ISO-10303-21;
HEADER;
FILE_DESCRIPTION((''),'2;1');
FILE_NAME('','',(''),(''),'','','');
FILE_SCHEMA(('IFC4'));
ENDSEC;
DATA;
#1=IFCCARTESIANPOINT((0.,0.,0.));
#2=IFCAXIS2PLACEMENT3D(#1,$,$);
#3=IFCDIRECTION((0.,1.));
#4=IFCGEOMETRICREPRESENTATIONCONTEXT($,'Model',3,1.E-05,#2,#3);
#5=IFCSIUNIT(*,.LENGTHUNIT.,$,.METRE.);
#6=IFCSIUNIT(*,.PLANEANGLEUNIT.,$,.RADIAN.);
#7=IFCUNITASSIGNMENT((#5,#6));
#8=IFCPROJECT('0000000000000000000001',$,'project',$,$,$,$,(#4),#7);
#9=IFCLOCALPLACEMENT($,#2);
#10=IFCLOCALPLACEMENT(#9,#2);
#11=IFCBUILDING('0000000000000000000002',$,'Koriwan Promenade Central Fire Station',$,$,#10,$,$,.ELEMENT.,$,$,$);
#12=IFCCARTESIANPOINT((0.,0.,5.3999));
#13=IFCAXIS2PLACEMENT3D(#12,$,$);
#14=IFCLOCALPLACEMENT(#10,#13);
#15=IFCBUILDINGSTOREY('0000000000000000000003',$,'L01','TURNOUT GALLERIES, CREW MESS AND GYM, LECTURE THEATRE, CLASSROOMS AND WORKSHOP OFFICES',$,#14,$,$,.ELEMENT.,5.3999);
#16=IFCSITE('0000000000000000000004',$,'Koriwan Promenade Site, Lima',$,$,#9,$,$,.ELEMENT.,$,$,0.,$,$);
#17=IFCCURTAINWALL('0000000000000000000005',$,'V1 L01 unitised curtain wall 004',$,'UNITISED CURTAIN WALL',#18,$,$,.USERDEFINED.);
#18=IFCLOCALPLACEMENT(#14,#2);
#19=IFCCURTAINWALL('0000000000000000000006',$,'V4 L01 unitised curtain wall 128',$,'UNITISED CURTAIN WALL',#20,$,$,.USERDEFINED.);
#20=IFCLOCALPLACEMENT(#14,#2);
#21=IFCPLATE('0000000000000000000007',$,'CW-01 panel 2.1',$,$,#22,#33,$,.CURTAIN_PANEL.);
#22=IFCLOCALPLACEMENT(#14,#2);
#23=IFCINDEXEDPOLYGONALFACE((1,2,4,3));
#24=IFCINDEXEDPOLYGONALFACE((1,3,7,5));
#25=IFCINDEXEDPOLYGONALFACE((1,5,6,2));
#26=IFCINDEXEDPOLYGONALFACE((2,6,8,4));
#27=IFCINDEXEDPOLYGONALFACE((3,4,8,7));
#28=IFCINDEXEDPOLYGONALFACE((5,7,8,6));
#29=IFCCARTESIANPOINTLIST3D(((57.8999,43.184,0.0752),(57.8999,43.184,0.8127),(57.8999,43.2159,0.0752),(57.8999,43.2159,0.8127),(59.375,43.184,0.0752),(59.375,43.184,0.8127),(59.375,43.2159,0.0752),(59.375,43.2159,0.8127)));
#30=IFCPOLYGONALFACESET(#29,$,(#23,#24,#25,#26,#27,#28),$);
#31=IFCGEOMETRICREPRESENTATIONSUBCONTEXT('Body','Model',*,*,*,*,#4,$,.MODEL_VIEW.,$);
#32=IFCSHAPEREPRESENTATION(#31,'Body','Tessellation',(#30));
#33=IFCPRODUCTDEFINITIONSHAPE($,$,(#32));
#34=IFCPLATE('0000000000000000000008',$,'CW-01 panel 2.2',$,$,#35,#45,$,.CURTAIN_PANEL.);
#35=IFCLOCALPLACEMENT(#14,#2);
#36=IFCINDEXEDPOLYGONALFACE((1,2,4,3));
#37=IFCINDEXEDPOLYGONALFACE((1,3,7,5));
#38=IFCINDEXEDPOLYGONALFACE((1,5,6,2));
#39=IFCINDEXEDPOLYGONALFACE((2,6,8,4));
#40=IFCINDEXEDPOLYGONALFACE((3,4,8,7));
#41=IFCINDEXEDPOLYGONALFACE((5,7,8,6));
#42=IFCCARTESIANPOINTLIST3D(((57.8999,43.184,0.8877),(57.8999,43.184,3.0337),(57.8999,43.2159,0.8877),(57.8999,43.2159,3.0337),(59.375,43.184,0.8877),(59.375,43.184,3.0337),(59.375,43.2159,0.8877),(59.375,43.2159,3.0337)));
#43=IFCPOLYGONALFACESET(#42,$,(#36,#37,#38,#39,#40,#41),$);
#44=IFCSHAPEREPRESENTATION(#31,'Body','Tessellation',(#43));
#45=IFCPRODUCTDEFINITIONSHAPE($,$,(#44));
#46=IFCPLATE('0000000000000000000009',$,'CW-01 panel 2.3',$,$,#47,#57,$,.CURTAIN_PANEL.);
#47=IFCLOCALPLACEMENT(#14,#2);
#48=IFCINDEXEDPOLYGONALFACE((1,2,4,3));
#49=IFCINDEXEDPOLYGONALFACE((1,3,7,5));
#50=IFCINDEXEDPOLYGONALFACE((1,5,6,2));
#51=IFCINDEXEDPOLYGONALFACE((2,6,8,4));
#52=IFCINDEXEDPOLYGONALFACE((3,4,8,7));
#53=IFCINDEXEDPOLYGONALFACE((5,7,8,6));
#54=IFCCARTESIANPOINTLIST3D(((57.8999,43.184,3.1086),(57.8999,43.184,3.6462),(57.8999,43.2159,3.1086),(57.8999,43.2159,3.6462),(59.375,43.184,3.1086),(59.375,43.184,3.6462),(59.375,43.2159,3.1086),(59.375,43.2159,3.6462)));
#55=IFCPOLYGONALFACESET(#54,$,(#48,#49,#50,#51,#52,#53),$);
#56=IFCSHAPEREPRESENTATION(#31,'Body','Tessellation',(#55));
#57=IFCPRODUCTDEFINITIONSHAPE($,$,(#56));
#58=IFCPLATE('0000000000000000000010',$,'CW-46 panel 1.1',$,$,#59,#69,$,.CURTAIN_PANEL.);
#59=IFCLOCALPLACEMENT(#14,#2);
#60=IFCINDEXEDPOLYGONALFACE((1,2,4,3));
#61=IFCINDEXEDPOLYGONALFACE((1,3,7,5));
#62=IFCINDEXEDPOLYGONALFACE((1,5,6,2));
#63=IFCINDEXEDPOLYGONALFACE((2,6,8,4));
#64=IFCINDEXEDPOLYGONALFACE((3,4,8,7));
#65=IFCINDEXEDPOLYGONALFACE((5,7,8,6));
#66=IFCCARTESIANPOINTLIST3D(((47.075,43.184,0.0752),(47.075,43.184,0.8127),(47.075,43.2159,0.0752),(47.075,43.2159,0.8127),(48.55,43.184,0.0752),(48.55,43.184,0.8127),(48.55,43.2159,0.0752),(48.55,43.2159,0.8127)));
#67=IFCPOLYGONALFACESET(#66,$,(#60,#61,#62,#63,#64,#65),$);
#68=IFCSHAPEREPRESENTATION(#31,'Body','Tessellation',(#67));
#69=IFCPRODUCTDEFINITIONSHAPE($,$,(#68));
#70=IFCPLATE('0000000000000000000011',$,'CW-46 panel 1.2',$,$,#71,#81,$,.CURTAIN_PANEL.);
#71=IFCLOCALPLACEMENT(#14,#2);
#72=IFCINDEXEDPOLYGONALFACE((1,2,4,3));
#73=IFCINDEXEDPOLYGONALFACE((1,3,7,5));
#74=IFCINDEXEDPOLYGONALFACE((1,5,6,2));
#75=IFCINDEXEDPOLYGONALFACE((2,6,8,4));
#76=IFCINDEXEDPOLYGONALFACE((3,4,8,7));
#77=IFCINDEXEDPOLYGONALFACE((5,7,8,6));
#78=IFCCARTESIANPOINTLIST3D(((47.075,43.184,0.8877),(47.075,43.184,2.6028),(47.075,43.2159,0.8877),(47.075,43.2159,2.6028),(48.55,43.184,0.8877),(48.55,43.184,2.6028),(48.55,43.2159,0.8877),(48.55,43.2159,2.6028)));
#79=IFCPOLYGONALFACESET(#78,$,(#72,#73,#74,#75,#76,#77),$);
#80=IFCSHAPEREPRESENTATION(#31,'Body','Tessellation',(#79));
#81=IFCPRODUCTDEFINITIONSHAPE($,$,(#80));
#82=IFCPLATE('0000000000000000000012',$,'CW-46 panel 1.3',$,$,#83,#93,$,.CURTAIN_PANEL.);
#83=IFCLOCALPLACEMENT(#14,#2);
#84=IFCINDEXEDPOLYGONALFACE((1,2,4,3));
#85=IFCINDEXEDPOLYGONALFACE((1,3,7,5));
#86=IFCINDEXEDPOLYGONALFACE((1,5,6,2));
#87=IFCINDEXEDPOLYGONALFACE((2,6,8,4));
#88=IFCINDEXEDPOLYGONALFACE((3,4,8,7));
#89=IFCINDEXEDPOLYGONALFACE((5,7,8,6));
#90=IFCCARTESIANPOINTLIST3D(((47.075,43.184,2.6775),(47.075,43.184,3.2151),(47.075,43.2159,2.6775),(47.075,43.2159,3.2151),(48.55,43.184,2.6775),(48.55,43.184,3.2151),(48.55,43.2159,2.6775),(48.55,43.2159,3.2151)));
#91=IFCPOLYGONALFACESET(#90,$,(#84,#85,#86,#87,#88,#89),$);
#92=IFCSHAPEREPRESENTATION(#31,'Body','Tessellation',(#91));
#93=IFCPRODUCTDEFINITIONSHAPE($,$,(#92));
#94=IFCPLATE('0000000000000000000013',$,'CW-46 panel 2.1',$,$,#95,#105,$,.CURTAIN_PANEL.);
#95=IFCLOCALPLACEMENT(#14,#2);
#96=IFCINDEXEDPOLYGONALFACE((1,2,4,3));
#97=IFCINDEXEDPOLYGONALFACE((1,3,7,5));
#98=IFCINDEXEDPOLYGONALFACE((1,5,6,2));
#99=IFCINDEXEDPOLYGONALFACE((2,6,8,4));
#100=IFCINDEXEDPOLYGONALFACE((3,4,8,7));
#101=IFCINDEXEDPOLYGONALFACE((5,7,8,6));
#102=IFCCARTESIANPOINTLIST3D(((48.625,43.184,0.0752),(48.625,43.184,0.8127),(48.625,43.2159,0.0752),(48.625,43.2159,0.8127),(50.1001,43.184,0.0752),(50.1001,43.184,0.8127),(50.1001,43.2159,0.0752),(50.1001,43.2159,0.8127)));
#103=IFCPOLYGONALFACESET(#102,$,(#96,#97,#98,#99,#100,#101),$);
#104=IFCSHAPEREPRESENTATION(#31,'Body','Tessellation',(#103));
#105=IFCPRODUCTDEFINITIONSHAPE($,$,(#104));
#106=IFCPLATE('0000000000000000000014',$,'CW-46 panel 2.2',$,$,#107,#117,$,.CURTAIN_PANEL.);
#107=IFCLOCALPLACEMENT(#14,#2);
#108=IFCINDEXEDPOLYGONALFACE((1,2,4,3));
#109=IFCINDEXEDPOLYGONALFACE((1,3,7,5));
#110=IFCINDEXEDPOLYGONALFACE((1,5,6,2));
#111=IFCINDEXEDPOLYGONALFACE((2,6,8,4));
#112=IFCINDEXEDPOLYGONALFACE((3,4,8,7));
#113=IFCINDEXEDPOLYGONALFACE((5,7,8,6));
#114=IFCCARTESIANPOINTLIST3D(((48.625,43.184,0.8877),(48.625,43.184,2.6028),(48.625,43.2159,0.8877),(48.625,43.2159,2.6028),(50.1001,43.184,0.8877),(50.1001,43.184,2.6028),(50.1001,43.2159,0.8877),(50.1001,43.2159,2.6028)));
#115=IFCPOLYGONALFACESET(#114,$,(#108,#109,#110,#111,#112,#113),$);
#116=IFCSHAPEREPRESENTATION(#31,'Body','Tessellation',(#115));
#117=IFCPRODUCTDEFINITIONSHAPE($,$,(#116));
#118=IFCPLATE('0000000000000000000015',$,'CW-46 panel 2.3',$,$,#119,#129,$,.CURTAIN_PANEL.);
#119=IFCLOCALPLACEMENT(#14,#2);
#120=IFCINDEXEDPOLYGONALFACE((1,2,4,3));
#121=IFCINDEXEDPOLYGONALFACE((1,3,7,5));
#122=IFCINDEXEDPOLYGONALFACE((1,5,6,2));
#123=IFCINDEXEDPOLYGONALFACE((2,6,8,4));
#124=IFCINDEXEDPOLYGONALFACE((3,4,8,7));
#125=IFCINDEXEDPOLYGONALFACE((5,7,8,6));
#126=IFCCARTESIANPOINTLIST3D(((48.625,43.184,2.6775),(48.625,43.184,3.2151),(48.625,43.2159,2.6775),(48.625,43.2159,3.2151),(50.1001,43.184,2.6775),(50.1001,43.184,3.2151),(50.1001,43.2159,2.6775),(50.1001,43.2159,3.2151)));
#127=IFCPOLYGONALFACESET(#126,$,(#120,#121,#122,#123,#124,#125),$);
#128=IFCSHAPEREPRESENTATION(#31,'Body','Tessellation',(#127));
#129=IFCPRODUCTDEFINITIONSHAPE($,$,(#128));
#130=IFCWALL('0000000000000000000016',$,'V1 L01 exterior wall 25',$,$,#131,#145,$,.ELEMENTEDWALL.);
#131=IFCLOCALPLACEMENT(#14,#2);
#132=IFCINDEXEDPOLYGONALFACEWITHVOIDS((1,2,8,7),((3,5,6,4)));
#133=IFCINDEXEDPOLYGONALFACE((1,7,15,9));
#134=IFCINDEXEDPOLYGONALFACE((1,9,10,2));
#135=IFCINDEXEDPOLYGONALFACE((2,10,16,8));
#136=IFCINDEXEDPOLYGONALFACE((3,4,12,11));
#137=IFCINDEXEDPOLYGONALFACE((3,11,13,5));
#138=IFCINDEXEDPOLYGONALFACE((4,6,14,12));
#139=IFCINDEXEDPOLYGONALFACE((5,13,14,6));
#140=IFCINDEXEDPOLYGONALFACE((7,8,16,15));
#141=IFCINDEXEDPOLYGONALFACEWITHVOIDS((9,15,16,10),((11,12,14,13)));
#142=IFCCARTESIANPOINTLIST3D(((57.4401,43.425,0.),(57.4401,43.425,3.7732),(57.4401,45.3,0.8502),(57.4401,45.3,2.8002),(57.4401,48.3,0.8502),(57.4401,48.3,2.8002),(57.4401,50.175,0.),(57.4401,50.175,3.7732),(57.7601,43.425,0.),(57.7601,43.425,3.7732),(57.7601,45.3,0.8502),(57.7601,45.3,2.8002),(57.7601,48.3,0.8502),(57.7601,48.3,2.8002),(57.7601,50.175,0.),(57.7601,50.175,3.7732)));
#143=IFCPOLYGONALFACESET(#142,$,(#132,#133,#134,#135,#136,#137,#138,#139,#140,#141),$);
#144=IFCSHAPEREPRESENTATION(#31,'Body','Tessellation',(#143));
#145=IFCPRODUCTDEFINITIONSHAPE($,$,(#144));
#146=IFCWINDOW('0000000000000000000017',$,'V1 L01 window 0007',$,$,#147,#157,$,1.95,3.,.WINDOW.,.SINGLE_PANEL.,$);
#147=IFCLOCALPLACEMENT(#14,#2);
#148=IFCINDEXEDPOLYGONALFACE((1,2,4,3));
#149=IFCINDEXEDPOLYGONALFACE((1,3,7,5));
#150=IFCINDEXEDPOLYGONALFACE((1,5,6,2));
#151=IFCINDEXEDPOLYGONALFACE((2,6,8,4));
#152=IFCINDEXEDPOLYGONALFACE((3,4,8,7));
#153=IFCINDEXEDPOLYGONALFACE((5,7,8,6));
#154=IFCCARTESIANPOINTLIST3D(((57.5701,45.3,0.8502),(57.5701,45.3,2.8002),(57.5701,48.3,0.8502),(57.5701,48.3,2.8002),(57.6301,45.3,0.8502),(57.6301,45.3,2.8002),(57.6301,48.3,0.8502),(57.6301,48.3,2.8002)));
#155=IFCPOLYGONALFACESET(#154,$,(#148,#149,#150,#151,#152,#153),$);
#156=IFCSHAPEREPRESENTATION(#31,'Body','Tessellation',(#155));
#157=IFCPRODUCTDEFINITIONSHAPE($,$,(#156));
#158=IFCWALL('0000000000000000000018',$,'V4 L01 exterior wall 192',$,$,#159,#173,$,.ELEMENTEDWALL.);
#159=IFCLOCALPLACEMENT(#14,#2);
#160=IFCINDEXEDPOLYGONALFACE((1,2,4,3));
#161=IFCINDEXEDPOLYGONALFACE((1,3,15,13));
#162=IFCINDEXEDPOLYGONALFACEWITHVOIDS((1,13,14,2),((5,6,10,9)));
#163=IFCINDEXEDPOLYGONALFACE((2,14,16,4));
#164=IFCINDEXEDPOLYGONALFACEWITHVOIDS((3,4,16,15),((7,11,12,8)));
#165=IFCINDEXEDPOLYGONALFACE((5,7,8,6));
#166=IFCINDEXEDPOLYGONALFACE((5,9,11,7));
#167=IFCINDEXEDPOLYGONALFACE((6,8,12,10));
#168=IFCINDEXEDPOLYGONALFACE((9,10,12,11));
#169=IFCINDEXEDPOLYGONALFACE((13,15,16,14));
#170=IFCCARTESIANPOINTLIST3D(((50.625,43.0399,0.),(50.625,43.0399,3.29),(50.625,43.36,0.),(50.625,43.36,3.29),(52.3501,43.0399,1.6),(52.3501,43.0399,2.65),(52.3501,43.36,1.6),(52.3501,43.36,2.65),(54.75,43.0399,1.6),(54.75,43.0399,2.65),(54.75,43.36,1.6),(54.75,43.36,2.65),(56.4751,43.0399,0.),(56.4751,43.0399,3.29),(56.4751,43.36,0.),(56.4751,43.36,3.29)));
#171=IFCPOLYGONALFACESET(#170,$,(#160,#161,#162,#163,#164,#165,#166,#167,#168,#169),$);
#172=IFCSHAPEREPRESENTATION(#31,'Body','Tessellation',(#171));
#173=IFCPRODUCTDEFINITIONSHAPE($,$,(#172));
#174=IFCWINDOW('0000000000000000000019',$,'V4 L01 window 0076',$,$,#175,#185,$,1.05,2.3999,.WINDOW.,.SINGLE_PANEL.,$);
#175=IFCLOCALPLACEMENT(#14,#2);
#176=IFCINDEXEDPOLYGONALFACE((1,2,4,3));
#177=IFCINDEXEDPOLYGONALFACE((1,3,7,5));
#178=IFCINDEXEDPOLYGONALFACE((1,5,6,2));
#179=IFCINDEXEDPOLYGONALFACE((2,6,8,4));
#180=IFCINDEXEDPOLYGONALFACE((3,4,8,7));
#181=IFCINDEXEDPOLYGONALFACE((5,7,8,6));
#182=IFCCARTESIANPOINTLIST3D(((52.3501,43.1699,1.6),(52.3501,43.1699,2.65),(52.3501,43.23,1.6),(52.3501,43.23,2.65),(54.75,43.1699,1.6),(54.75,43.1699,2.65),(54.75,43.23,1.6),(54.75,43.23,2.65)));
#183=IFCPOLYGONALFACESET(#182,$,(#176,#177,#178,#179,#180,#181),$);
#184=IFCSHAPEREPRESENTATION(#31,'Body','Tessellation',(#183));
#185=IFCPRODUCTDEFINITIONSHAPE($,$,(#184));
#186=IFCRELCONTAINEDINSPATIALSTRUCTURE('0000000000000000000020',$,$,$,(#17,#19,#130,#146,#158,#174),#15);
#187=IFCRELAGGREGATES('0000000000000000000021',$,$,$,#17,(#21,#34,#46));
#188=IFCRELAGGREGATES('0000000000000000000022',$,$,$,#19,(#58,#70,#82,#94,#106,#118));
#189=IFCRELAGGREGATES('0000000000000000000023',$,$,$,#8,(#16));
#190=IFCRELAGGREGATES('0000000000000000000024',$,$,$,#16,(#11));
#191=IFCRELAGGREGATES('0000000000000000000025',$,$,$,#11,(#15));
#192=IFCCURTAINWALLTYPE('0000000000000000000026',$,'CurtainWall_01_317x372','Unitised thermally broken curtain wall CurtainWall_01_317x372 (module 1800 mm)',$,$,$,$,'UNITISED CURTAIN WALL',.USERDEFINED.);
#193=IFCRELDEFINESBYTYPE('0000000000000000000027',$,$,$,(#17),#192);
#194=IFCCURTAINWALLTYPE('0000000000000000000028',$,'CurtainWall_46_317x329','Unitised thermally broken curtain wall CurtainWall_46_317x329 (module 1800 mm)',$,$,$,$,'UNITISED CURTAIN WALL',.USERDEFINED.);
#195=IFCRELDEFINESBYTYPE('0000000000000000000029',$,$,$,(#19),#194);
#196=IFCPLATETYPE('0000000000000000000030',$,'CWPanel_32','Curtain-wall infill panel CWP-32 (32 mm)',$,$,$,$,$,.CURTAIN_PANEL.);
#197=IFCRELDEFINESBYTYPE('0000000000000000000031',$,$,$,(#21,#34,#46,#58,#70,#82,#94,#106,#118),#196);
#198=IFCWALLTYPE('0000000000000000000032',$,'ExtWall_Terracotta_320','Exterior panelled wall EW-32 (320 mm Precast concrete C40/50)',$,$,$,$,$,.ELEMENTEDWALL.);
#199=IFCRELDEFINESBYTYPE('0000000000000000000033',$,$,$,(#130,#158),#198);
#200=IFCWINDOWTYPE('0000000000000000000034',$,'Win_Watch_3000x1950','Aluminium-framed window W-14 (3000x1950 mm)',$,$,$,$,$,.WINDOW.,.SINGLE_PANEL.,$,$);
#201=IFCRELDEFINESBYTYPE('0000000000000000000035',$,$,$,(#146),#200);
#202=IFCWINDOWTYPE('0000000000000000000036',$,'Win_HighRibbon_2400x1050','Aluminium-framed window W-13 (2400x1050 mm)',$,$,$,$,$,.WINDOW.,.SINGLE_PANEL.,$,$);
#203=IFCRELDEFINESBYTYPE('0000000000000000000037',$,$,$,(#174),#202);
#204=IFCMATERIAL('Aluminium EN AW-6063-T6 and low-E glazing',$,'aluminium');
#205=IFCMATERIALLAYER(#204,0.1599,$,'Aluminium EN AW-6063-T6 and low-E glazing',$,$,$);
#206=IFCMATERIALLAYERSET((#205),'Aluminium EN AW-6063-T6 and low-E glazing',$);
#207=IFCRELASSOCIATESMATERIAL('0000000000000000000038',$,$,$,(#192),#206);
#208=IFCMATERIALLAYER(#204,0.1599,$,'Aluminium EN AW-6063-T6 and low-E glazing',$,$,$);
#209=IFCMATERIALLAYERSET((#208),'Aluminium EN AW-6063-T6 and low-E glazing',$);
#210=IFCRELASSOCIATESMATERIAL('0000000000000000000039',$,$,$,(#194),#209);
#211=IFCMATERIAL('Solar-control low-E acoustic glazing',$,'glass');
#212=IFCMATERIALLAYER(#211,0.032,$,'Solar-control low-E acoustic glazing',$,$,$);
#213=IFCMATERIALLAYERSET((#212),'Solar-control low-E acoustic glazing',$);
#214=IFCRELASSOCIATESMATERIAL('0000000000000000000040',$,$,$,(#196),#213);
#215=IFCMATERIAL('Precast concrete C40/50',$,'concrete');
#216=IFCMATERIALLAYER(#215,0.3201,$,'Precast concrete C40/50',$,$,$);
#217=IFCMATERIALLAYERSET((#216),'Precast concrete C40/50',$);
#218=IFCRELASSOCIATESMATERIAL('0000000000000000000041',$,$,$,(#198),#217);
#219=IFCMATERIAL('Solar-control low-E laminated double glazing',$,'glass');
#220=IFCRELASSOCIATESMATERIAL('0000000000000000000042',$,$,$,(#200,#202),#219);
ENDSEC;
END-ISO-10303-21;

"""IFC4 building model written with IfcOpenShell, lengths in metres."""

from ifc_helpers import new_model, si_unit, direction, frame, frame_2d, origin, origin_2d, place, context, subcontext, project, spatial, rectangle, extrude, material, layer, layer_set, type_object, element, fill, aggregate, save


model = new_model("IFC4")

# Units and contexts
model_context = context("Model", 3, precision=1e-05, world=origin(), true_north=direction((0.0, 1.0)))
body_context = subcontext(model_context, "Body", "Model", "MODEL_VIEW")
ifc_project = project(units=[si_unit("LENGTHUNIT", "METRE"), si_unit("PLANEANGLEUNIT", "RADIAN")], contexts=[model_context])

# Site, building, storey
site_placement = place(None, origin())
site = spatial("IfcSite", under=ifc_project, at=site_placement, Name="Koriwan Promenade Site, Lima", CompositionType="ELEMENT", RefElevation=0.0)
building_placement = place(site_placement, origin())
building = spatial("IfcBuilding", under=site, at=building_placement, Name="Koriwan Promenade Central Fire Station", CompositionType="ELEMENT")
storey_placement = place(building_placement, frame((0.0, 0.0, 5.3999)))
storey = spatial("IfcBuildingStorey", under=building, at=storey_placement, Name="L01", Description="TURNOUT GALLERIES, CREW MESS AND GYM, LECTURE THEATRE, CLASSROOMS AND WORKSHOP OFFICES", CompositionType="ELEMENT", Elevation=5.3999)

# Curtain wall
ifc_material_1 = material(Name="Aluminium EN AW-6063-T6 and low-E glazing", Category="aluminium")
ifc_layer_1 = layer(ifc_material_1, 0.1599, Name="Aluminium EN AW-6063-T6 and low-E glazing")
ifc_layer_set_1 = layer_set([ifc_layer_1], Name="Aluminium EN AW-6063-T6 and low-E glazing")
curtain_wall_type_1 = type_object("IfcCurtainWallType", Name="CurtainWall_01_317x372", Description="Unitised thermally broken curtain wall CurtainWall_01_317x372 (module 1800 mm)", ElementType="UNITISED CURTAIN WALL", PredefinedType="USERDEFINED", material=ifc_layer_set_1)
curtain_wall_1_placement = place(storey_placement, origin())
curtain_wall_1 = element("IfcCurtainWall", 1, at=curtain_wall_1_placement, inside=storey, type_object=curtain_wall_type_1, Name="V1 L01 unitised curtain wall 004", ObjectType="UNITISED CURTAIN WALL", PredefinedType="USERDEFINED")

# Curtain wall
ifc_layer_2 = layer(ifc_material_1, 0.1599, Name="Aluminium EN AW-6063-T6 and low-E glazing")
ifc_layer_set_2 = layer_set([ifc_layer_2], Name="Aluminium EN AW-6063-T6 and low-E glazing")
curtain_wall_type_2 = type_object("IfcCurtainWallType", Name="CurtainWall_46_317x329", Description="Unitised thermally broken curtain wall CurtainWall_46_317x329 (module 1800 mm)", ElementType="UNITISED CURTAIN WALL", PredefinedType="USERDEFINED", material=ifc_layer_set_2)
curtain_wall_2_placement = place(storey_placement, origin())
curtain_wall_2 = element("IfcCurtainWall", 2, at=curtain_wall_2_placement, inside=storey, type_object=curtain_wall_type_2, Name="V4 L01 unitised curtain wall 128", ObjectType="UNITISED CURTAIN WALL", PredefinedType="USERDEFINED")

# Plates
ifc_material_2 = material(Name="Solar-control low-E acoustic glazing", Category="glass")
ifc_layer_3 = layer(ifc_material_2, 0.032, Name="Solar-control low-E acoustic glazing")
ifc_layer_set_3 = layer_set([ifc_layer_3], Name="Solar-control low-E acoustic glazing")
plate_type = type_object("IfcPlateType", Name="CWPanel_32", Description="Curtain-wall infill panel CWP-32 (32 mm)", PredefinedType="CURTAIN_PANEL", material=ifc_layer_set_3)
plate_1_placement = place(storey_placement, frame((58.6375, 43.2, 0.0752), z_axis=(0.0, 0.0, 1.0), x_axis=(-1.0, 0.0, 0.0)))
plate_1 = element("IfcPlate", 3, at=plate_1_placement, type_object=plate_type, Name="CW-01 panel 2.1", PredefinedType="CURTAIN_PANEL", context=body_context, shape_type="SweptSolid", body=[
    extrude(rectangle(XDim=1.4751, YDim=0.032, at=origin_2d()), origin(), (0.0, 0.0, 1.0), 0.7375),
])
plate_2_placement = place(storey_placement, frame((58.6375, 43.2, 0.8877), z_axis=(0.0, 0.0, 1.0), x_axis=(-1.0, 0.0, 0.0)))
plate_2 = element("IfcPlate", 4, at=plate_2_placement, type_object=plate_type, Name="CW-01 panel 2.2", PredefinedType="CURTAIN_PANEL", context=body_context, shape_type="SweptSolid", body=[
    extrude(rectangle(XDim=1.4751, YDim=0.032, at=origin_2d()), origin(), (0.0, 0.0, 1.0), 2.146),
])
plate_3_placement = place(storey_placement, frame((58.6375, 43.2, 3.1086), z_axis=(0.0, 0.0, 1.0), x_axis=(-1.0, 0.0, 0.0)))
plate_3 = element("IfcPlate", 5, at=plate_3_placement, type_object=plate_type, Name="CW-01 panel 2.3", PredefinedType="CURTAIN_PANEL", context=body_context, shape_type="SweptSolid", body=[
    extrude(rectangle(XDim=1.4751, YDim=0.032, at=origin_2d()), origin(), (0.0, 0.0, 1.0), 0.5376),
])
aggregate(curtain_wall_1, [plate_1, plate_2, plate_3])
plate_4_placement = place(storey_placement, frame((47.8125, 43.2, 0.0752), z_axis=(0.0, 0.0, 1.0), x_axis=(1.0, 0.0, 0.0)))
plate_4 = element("IfcPlate", 6, at=plate_4_placement, type_object=plate_type, Name="CW-46 panel 1.1", PredefinedType="CURTAIN_PANEL", context=body_context, shape_type="SweptSolid", body=[
    extrude(rectangle(XDim=1.4751, YDim=0.032, at=origin_2d()), origin(), (0.0, 0.0, 1.0), 0.7375),
])
plate_5_placement = place(storey_placement, frame((47.8125, 43.2, 0.8877), z_axis=(0.0, 0.0, 1.0), x_axis=(1.0, 0.0, 0.0)))
plate_5 = element("IfcPlate", 7, at=plate_5_placement, type_object=plate_type, Name="CW-46 panel 1.2", PredefinedType="CURTAIN_PANEL", context=body_context, shape_type="SweptSolid", body=[
    extrude(rectangle(XDim=1.4751, YDim=0.032, at=origin_2d()), origin(), (0.0, 0.0, 1.0), 1.7151),
])
plate_6_placement = place(storey_placement, frame((47.8125, 43.2, 2.6775), z_axis=(0.0, 0.0, 1.0), x_axis=(1.0, 0.0, 0.0)))
plate_6 = element("IfcPlate", 8, at=plate_6_placement, type_object=plate_type, Name="CW-46 panel 1.3", PredefinedType="CURTAIN_PANEL", context=body_context, shape_type="SweptSolid", body=[
    extrude(rectangle(XDim=1.4751, YDim=0.032, at=origin_2d()), origin(), (0.0, 0.0, 1.0), 0.5376),
])
plate_7_placement = place(storey_placement, frame((49.3625, 43.2, 0.0752), z_axis=(0.0, 0.0, 1.0), x_axis=(1.0, 0.0, 0.0)))
plate_7 = element("IfcPlate", 9, at=plate_7_placement, type_object=plate_type, Name="CW-46 panel 2.1", PredefinedType="CURTAIN_PANEL", context=body_context, shape_type="SweptSolid", body=[
    extrude(rectangle(XDim=1.4751, YDim=0.032, at=origin_2d()), origin(), (0.0, 0.0, 1.0), 0.7375),
])
plate_8_placement = place(storey_placement, frame((49.3625, 43.2, 0.8877), z_axis=(0.0, 0.0, 1.0), x_axis=(1.0, 0.0, 0.0)))
plate_8 = element("IfcPlate", 10, at=plate_8_placement, type_object=plate_type, Name="CW-46 panel 2.2", PredefinedType="CURTAIN_PANEL", context=body_context, shape_type="SweptSolid", body=[
    extrude(rectangle(XDim=1.4751, YDim=0.032, at=origin_2d()), origin(), (0.0, 0.0, 1.0), 1.7151),
])
plate_9_placement = place(storey_placement, frame((49.3625, 43.2, 2.6775), z_axis=(0.0, 0.0, 1.0), x_axis=(1.0, 0.0, 0.0)))
plate_9 = element("IfcPlate", 11, at=plate_9_placement, type_object=plate_type, Name="CW-46 panel 2.3", PredefinedType="CURTAIN_PANEL", context=body_context, shape_type="SweptSolid", body=[
    extrude(rectangle(XDim=1.4751, YDim=0.032, at=origin_2d()), origin(), (0.0, 0.0, 1.0), 0.5376),
])
aggregate(curtain_wall_2, [plate_4, plate_5, plate_6, plate_7, plate_8, plate_9])

# Walls, openings, windows
ifc_material_3 = material(Name="Precast concrete C40/50", Category="concrete")
ifc_layer_4 = layer(ifc_material_3, 0.3201, Name="Precast concrete C40/50")
ifc_layer_set_4 = layer_set([ifc_layer_4], Name="Precast concrete C40/50")
wall_type_1 = type_object("IfcWallType", Name="ExtWall_Terracotta_320", Description="Exterior panelled wall EW-32 (320 mm Precast concrete C40/50)", PredefinedType="ELEMENTEDWALL", material=ifc_layer_set_4)
wall_1_placement = place(storey_placement, frame((57.6001, 43.425, 0.0), z_axis=(0.0, 0.0, 1.0), x_axis=(0.0, 1.0, 0.0)))
wall_1 = element("IfcWall", 12, at=wall_1_placement, inside=storey, type_object=wall_type_1, Name="V1 L01 exterior wall 25", PredefinedType="ELEMENTEDWALL", context=body_context, shape_type="SweptSolid", body=[
    extrude(rectangle(XDim=6.75, YDim=0.3201, at=frame_2d((3.375, 0.0))), origin(), (0.0, 0.0, 1.0), 3.7732),
])
opening_1_placement = place(wall_1_placement, frame((1.875, 0.0, 0.8501)))
opening_1 = element("IfcOpeningElement", 13, at=opening_1_placement, cuts=wall_1, PredefinedType="OPENING", context=body_context, shape_type="SweptSolid", body=[
    extrude(rectangle(XDim=3.0, YDim=1.95, at=frame_2d((1.5, 0.9751))), frame((0.0, 0.1719, 0.0), z_axis=(0.0, -1.0, 0.0), x_axis=(1.0, 0.0, 0.0)), (0.0, 0.0, 1.0), 0.344),
])
ifc_material_4 = material(Name="Solar-control low-E laminated double glazing", Category="glass")
window_type_1 = type_object("IfcWindowType", Name="Win_Watch_3000x1950", Description="Aluminium-framed window W-14 (3000x1950 mm)", PartitioningType="SINGLE_PANEL", PredefinedType="WINDOW", material=ifc_material_4)
window_1_placement = place(opening_1_placement, origin())
window_1 = element("IfcWindow", 14, at=window_1_placement, inside=storey, type_object=window_type_1, Name="V1 L01 window 0007", OverallHeight=1.95, OverallWidth=3.0, PartitioningType="SINGLE_PANEL", PredefinedType="WINDOW", context=body_context, shape_type="SweptSolid", body=[
    extrude(rectangle(XDim=3.0, YDim=1.95, at=frame_2d((1.5, 0.9751))), frame((0.0, 0.03, 0.0), z_axis=(0.0, -1.0, 0.0), x_axis=(1.0, 0.0, 0.0)), (0.0, 0.0, 1.0), 0.0601),
])
fill(opening_1, window_1)
wall_2_placement = place(storey_placement, frame((50.625, 43.2, 0.0), z_axis=(0.0, 0.0, 1.0), x_axis=(1.0, 0.0, 0.0)))
wall_2 = element("IfcWall", 15, at=wall_2_placement, inside=storey, type_object=wall_type_1, Name="V4 L01 exterior wall 192", PredefinedType="ELEMENTEDWALL", context=body_context, shape_type="SweptSolid", body=[
    extrude(rectangle(XDim=5.8501, YDim=0.3201, at=frame_2d((2.925, 0.0))), origin(), (0.0, 0.0, 1.0), 3.29),
])
opening_2_placement = place(wall_2_placement, frame((1.7251, 0.0, 1.6001)))
opening_2 = element("IfcOpeningElement", 16, at=opening_2_placement, cuts=wall_2, PredefinedType="OPENING", context=body_context, shape_type="SweptSolid", body=[
    extrude(rectangle(XDim=2.3999, YDim=1.05, at=frame_2d((1.2, 0.5249))), frame((0.0, 0.1719, 0.0), z_axis=(0.0, -1.0, 0.0), x_axis=(1.0, 0.0, 0.0)), (0.0, 0.0, 1.0), 0.344),
])
window_type_2 = type_object("IfcWindowType", Name="Win_HighRibbon_2400x1050", Description="Aluminium-framed window W-13 (2400x1050 mm)", PartitioningType="SINGLE_PANEL", PredefinedType="WINDOW", material=ifc_material_4)
window_2_placement = place(opening_2_placement, origin())
window_2 = element("IfcWindow", 17, at=window_2_placement, inside=storey, type_object=window_type_2, Name="V4 L01 window 0076", OverallHeight=1.05, OverallWidth=2.3999, PartitioningType="SINGLE_PANEL", PredefinedType="WINDOW", context=body_context, shape_type="SweptSolid", body=[
    extrude(rectangle(XDim=2.3999, YDim=1.05, at=frame_2d((1.2, 0.5249))), frame((0.0, 0.03, 0.0), z_axis=(0.0, -1.0, 0.0), x_axis=(1.0, 0.0, 0.0)), (0.0, 0.0, 1.0), 0.0601),
])
fill(opening_2, window_2)

save(model, "model.ifc")
